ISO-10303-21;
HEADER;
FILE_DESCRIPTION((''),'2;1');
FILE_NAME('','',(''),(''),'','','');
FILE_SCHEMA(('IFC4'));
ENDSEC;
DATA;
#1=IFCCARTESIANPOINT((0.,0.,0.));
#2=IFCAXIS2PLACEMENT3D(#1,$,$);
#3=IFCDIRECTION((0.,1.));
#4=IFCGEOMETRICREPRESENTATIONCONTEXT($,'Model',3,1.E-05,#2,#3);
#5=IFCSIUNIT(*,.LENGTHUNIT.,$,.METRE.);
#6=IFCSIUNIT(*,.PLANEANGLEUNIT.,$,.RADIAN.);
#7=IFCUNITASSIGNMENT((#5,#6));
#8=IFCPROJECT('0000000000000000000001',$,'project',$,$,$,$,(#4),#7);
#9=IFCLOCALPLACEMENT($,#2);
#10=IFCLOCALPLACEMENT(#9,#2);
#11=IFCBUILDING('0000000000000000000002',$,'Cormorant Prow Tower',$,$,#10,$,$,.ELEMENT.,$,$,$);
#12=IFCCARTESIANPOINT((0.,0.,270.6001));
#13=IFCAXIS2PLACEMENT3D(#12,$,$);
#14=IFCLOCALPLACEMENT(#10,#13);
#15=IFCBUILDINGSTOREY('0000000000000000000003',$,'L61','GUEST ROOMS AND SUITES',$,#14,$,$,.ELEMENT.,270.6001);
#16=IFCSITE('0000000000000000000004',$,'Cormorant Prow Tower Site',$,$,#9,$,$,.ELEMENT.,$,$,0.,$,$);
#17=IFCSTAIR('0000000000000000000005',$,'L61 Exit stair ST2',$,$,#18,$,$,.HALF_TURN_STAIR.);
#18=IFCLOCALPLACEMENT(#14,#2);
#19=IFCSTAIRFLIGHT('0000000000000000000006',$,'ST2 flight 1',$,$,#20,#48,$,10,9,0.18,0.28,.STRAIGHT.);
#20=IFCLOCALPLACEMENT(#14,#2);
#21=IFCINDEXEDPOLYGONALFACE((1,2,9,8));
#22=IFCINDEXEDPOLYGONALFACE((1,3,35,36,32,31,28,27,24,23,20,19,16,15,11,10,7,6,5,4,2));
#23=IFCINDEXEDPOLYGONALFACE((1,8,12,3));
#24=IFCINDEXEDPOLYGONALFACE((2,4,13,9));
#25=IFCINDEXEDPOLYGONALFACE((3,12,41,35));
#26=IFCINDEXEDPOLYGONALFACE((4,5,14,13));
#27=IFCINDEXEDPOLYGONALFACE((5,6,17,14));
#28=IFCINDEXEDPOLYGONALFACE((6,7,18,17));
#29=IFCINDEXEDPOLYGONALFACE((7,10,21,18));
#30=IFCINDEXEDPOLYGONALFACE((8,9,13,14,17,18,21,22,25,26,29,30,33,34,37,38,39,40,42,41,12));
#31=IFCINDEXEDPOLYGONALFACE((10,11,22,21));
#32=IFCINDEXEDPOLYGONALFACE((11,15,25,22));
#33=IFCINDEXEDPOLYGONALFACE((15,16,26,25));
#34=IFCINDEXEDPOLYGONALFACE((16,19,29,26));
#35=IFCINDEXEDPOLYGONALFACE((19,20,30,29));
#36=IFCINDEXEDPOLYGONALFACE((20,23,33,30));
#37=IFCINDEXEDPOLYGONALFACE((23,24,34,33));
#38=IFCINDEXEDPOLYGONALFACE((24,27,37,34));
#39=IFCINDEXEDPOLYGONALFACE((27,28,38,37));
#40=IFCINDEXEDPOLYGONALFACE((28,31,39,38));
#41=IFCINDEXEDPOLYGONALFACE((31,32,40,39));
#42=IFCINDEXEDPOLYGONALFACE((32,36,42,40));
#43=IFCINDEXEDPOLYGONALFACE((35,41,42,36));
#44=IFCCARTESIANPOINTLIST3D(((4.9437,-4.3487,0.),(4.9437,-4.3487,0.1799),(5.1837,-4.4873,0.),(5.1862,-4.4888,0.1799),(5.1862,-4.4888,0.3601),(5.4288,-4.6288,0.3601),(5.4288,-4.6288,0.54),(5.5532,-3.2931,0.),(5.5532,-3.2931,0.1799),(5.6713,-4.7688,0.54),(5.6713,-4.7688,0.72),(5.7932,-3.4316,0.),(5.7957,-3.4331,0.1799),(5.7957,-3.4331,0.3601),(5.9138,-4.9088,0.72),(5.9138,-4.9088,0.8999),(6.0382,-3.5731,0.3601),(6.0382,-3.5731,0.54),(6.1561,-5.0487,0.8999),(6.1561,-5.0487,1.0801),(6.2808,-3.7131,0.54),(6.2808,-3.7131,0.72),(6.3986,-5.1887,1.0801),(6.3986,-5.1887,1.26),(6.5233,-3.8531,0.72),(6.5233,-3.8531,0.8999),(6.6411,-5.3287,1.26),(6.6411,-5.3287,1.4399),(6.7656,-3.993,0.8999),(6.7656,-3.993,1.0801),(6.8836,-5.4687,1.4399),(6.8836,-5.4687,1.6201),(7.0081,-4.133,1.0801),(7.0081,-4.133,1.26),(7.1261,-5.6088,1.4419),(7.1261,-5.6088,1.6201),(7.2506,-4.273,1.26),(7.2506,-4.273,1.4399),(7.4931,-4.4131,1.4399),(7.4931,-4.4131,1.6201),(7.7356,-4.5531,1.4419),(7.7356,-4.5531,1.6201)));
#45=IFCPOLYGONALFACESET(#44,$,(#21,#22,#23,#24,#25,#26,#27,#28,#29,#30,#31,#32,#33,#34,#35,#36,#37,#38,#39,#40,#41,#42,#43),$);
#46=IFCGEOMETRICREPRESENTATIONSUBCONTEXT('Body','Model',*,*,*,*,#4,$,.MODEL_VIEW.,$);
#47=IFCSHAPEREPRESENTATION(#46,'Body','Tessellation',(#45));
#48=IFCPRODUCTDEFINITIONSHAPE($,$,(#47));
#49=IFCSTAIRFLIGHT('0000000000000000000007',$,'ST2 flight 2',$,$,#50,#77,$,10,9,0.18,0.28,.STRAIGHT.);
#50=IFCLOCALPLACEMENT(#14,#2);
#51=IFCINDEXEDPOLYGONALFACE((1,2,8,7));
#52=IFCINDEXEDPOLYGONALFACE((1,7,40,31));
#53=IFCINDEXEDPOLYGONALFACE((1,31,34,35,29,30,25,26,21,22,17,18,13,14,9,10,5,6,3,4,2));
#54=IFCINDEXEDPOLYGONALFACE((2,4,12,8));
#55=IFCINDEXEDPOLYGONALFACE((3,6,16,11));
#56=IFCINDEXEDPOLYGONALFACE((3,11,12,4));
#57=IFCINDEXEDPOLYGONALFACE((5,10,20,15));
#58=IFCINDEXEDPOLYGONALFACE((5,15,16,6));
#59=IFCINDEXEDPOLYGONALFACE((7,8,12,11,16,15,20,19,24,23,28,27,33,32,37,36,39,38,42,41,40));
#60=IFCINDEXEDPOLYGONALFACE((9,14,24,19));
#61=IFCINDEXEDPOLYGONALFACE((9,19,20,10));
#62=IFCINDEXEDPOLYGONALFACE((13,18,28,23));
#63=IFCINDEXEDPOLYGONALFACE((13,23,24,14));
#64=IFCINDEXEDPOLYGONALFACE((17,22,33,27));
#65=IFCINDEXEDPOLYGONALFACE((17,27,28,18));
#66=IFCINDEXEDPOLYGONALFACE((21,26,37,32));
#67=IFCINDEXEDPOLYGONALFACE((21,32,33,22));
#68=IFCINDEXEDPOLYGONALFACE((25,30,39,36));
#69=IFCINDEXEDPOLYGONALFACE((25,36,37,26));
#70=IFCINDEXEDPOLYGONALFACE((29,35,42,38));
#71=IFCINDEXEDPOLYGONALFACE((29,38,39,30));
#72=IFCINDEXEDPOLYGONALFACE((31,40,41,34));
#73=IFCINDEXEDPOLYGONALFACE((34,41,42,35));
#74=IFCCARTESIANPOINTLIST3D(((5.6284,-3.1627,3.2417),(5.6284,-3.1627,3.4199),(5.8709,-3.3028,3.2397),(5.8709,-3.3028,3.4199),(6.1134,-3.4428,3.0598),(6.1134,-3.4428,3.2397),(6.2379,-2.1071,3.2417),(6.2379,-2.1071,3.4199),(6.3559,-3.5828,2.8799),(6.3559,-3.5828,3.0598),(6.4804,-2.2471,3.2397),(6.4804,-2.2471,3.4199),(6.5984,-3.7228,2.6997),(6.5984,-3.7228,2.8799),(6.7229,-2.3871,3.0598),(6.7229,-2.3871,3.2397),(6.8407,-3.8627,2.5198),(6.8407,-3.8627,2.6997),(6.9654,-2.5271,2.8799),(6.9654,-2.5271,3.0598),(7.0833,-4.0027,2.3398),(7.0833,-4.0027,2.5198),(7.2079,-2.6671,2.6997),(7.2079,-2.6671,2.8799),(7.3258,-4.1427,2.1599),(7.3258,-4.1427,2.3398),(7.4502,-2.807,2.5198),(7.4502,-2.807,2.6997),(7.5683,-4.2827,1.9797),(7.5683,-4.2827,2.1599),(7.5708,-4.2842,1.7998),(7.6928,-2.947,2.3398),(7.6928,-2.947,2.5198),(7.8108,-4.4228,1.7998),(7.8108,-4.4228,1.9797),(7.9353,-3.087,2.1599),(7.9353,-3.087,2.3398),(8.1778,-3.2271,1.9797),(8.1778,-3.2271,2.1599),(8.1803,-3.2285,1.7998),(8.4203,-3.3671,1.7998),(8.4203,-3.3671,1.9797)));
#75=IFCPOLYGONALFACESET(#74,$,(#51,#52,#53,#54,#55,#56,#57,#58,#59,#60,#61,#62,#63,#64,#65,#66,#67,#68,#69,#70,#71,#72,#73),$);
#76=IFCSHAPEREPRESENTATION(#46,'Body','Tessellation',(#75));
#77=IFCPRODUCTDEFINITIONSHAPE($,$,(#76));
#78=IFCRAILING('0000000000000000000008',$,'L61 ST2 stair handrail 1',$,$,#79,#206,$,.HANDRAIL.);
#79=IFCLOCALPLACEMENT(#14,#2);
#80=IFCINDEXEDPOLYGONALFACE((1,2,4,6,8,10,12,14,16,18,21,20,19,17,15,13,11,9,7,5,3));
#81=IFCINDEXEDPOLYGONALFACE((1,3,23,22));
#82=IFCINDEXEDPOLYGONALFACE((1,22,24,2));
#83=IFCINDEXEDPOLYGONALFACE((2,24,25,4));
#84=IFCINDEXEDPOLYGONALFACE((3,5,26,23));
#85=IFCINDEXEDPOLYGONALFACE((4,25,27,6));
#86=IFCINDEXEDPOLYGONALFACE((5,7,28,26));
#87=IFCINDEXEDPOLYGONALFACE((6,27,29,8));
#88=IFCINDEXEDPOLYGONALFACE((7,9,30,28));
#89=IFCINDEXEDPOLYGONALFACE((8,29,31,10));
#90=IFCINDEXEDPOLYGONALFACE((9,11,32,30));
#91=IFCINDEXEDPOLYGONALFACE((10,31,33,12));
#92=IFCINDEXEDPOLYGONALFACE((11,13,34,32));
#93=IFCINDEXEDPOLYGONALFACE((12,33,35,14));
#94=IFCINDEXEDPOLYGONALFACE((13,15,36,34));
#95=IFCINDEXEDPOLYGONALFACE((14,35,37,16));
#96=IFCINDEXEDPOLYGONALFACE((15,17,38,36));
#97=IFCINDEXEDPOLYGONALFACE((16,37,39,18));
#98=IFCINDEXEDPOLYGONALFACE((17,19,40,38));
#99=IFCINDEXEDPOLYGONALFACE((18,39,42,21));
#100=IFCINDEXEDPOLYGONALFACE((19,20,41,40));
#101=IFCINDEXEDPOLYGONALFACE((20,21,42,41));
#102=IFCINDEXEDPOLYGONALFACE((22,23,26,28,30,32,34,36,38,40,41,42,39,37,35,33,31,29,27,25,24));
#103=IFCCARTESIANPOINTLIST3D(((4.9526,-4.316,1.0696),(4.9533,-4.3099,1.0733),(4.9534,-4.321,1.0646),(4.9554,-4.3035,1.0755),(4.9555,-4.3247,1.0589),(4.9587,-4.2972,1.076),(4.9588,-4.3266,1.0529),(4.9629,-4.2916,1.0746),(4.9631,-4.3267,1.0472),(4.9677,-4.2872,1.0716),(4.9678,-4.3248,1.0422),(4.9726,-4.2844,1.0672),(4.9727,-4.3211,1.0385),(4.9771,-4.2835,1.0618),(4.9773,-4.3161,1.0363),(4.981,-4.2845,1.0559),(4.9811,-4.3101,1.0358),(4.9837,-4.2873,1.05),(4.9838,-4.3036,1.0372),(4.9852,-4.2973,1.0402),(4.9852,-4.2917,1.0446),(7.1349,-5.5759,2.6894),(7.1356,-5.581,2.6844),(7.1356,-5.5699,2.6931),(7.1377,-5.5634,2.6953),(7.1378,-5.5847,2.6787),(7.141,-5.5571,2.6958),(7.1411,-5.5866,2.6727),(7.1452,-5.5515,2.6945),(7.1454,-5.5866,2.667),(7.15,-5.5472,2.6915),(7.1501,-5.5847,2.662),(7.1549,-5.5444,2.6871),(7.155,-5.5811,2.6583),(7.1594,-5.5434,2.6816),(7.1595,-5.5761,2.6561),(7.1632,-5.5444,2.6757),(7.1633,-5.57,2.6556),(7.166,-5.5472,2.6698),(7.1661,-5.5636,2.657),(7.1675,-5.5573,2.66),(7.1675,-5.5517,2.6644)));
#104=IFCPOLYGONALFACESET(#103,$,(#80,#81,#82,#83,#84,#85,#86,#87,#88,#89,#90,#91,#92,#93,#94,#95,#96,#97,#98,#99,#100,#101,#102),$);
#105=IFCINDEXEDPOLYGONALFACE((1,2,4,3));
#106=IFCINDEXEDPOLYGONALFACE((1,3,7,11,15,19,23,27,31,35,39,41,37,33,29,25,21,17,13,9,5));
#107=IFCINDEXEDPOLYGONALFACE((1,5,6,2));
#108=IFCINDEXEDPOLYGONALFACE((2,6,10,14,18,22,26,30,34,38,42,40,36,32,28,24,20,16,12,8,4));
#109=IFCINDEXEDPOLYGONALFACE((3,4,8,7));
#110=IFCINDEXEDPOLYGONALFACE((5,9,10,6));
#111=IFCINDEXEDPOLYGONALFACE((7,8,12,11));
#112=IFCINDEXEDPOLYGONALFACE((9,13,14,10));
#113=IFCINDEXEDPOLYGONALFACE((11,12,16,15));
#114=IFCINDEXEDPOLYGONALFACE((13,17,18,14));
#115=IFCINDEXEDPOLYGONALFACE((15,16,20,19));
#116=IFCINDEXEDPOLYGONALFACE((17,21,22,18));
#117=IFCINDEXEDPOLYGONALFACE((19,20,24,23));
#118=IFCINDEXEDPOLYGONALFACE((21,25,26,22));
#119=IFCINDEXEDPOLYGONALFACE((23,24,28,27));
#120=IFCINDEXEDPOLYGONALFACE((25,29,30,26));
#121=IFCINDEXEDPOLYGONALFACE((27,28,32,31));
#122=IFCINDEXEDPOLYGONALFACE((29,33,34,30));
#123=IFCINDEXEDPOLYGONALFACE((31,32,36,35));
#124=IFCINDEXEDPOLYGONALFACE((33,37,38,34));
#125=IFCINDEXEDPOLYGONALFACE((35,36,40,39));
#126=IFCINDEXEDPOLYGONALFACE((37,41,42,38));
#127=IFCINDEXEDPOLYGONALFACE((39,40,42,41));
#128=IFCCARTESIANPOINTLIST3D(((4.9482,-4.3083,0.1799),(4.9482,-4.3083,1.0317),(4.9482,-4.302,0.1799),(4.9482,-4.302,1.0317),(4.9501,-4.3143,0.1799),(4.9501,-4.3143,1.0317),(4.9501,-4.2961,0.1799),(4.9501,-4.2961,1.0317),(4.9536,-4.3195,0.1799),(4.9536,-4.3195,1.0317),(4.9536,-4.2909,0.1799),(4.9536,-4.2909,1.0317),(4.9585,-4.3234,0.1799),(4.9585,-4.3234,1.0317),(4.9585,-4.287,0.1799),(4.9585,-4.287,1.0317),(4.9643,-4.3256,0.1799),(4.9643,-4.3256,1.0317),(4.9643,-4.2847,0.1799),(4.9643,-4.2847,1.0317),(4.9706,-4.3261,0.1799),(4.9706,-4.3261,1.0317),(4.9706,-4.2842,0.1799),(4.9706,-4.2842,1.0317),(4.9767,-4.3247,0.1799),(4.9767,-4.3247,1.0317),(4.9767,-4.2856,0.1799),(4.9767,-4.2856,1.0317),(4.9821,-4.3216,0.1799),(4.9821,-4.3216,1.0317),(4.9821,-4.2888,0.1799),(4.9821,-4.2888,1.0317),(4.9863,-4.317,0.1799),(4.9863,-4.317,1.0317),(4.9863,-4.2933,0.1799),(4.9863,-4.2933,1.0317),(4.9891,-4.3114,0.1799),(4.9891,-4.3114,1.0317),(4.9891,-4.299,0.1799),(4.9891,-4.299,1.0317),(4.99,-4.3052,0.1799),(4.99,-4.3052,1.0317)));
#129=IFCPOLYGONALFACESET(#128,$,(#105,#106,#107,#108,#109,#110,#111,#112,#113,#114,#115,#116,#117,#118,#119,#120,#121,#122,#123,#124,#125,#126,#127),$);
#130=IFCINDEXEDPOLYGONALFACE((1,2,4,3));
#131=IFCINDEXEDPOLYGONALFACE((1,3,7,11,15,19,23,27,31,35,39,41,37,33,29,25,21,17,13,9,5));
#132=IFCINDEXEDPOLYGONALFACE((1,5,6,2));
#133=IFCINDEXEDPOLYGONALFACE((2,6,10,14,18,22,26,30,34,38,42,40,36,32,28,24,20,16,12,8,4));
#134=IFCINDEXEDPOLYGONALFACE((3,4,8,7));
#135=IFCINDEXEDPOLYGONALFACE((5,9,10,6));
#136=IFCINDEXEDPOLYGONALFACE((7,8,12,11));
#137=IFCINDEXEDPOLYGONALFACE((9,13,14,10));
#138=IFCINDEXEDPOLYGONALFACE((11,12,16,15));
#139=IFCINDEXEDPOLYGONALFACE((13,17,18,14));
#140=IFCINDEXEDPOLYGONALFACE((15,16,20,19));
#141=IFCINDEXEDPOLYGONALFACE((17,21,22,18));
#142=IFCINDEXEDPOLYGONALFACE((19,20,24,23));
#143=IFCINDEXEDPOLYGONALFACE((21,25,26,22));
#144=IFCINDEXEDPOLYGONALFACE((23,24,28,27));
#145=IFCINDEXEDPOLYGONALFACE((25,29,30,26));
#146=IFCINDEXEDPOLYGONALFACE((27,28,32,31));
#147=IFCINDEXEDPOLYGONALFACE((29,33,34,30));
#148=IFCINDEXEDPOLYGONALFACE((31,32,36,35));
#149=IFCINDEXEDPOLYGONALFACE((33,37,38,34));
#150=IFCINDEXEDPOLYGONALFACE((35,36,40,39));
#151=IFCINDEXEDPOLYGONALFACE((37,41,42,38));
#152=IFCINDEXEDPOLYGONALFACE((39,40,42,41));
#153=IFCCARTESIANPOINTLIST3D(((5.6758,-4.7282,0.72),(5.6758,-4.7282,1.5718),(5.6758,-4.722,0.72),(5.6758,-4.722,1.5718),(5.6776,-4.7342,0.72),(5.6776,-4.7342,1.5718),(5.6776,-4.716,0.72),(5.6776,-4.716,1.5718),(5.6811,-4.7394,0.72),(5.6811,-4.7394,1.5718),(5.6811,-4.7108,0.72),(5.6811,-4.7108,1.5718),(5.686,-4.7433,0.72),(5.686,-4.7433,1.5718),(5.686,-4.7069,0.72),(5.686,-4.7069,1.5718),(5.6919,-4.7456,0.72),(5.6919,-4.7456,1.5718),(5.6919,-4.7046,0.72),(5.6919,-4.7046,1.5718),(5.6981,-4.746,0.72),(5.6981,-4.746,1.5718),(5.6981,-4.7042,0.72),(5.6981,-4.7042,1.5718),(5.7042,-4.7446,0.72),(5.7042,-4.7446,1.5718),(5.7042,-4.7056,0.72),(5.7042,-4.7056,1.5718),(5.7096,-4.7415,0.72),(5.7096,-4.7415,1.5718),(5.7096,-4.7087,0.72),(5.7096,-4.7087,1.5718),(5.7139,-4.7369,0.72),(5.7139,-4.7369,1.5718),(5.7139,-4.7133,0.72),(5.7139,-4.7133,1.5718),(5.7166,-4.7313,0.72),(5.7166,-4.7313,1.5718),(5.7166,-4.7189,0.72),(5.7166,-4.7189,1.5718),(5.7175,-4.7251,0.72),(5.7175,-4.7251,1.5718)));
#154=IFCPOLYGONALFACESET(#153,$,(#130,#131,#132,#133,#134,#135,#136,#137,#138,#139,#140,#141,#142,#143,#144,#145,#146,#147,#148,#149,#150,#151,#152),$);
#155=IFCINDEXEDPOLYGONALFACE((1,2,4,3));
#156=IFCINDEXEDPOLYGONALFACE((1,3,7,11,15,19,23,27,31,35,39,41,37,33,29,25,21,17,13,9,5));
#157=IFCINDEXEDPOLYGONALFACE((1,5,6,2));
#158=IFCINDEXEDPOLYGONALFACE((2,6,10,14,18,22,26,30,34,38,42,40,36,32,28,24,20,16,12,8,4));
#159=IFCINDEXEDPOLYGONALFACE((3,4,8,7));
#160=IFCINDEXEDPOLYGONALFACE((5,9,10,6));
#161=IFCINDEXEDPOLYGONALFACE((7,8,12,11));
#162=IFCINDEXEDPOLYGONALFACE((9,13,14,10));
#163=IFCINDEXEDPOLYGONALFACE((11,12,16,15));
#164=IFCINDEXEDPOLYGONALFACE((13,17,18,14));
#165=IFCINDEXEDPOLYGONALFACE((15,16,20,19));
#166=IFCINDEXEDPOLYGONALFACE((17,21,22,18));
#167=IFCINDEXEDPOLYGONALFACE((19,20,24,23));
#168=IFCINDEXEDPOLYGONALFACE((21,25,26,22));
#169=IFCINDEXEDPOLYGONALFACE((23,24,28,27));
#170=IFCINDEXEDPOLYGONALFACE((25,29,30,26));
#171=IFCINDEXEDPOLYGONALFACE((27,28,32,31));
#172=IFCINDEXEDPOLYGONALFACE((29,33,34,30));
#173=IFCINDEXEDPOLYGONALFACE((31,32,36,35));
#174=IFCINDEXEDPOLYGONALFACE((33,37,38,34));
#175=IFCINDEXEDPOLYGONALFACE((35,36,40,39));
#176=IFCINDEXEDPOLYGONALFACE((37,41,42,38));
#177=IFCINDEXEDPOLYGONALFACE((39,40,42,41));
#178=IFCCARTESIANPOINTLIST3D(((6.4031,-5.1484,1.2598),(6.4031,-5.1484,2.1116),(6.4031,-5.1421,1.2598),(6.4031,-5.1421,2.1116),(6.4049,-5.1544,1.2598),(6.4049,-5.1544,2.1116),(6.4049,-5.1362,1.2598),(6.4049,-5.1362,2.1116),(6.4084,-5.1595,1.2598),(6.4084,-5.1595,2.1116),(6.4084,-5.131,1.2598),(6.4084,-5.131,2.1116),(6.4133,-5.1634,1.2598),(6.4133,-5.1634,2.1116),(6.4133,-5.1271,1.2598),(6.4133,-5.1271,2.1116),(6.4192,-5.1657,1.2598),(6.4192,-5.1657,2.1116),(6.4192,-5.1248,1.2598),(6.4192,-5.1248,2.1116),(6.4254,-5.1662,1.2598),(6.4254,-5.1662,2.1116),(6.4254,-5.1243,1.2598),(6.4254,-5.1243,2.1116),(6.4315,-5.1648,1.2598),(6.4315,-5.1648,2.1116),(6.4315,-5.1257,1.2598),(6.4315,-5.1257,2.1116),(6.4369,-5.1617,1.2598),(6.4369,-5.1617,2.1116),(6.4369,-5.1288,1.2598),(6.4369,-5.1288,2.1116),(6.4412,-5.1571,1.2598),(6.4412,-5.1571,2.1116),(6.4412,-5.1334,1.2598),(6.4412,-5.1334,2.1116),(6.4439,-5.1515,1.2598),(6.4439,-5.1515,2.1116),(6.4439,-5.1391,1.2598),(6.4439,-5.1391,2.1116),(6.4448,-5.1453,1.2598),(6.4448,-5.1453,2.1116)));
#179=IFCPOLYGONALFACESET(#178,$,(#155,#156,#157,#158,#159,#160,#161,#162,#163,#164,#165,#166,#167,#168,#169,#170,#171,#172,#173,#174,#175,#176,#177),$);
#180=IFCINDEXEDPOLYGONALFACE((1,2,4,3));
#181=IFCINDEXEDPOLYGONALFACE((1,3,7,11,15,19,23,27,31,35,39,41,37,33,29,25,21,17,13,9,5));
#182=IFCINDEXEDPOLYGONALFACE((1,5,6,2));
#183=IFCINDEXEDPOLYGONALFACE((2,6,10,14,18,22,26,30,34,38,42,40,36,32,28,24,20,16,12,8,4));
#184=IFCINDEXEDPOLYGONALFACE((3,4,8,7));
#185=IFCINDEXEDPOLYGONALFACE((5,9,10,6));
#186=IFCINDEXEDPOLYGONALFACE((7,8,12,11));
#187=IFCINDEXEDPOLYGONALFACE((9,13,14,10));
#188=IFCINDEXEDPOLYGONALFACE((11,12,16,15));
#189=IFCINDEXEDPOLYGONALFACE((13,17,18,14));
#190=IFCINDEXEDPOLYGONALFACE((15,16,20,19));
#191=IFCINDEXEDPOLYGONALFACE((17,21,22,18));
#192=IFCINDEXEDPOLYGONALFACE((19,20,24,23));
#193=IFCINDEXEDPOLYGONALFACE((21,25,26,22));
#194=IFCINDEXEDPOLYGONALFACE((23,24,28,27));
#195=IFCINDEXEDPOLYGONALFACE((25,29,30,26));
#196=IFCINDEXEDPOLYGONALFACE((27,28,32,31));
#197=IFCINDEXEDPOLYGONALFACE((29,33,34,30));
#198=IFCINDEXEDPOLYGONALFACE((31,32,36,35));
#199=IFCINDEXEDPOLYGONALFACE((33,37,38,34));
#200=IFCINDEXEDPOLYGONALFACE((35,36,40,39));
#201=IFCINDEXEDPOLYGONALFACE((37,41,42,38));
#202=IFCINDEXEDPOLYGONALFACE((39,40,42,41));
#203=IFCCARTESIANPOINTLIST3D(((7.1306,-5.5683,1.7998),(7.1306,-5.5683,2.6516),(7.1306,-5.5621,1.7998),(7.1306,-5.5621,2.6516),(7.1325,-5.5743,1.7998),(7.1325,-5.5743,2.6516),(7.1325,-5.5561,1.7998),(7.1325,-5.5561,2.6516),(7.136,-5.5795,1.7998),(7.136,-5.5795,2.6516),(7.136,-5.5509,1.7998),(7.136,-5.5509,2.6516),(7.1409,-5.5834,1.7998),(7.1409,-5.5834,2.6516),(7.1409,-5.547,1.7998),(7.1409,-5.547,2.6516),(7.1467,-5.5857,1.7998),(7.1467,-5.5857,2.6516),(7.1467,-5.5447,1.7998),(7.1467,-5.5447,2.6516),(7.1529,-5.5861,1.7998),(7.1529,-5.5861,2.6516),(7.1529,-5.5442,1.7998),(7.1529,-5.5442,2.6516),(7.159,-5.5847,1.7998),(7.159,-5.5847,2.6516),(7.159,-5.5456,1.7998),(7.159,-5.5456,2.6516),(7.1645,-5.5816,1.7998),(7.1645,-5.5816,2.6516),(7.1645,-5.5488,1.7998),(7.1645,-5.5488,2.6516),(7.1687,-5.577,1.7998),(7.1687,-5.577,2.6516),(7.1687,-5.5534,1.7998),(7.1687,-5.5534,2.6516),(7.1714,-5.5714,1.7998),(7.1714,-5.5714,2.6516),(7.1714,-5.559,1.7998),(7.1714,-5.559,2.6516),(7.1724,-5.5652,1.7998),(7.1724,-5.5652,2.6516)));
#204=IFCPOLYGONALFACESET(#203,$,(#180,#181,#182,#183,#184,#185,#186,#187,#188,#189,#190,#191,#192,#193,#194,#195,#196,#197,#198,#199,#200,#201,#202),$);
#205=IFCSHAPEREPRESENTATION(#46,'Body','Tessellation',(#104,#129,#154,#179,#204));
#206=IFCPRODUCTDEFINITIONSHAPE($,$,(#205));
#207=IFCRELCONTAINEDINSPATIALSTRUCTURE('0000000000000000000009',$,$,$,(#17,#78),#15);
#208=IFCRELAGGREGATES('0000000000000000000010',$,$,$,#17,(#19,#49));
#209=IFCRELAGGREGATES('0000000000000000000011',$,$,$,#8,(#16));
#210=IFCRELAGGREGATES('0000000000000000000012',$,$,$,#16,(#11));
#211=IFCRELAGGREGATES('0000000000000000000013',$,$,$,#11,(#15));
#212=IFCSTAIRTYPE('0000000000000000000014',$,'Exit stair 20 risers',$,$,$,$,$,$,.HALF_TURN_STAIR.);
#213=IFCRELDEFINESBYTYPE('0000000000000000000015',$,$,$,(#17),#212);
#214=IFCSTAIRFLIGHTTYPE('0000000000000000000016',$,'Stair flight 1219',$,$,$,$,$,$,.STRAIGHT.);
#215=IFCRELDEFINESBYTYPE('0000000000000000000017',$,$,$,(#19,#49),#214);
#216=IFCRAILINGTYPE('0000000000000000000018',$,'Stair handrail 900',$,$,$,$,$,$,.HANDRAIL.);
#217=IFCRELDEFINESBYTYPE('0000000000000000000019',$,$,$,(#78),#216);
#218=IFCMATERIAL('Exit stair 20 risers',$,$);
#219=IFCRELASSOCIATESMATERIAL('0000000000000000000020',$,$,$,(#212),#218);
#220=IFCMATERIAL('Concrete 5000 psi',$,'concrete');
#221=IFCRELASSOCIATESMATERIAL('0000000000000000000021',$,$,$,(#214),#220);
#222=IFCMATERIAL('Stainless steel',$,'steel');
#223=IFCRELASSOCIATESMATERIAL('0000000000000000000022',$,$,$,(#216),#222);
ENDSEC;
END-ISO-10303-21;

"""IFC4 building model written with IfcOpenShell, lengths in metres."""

from ifc_helpers import new_model, si_unit, direction, frame, origin, origin_2d, place, context, subcontext, project, spatial, polyline, circle, outline, extrude, material, type_object, element, aggregate, save


model = new_model("IFC4")

# Units and contexts
model_context = context("Model", 3, precision=1e-05, world=origin(), true_north=direction((0.0, 1.0)))
body_context = subcontext(model_context, "Body", "Model", "MODEL_VIEW")
ifc_project = project(units=[si_unit("LENGTHUNIT", "METRE"), si_unit("PLANEANGLEUNIT", "RADIAN")], contexts=[model_context])

# Site, building, storey
site_placement = place(None, origin())
site = spatial("IfcSite", under=ifc_project, at=site_placement, Name="Cormorant Prow Tower Site", CompositionType="ELEMENT", RefElevation=0.0)
building_placement = place(site_placement, origin())
building = spatial("IfcBuilding", under=site, at=building_placement, Name="Cormorant Prow Tower", CompositionType="ELEMENT")
storey_placement = place(building_placement, frame((0.0, 0.0, 270.6001)))
storey = spatial("IfcBuildingStorey", under=building, at=storey_placement, Name="L61", Description="GUEST ROOMS AND SUITES", CompositionType="ELEMENT", Elevation=270.6001)

# Stair, stair flights
ifc_material_1 = material(Name="Exit stair 20 risers")
stair_type = type_object("IfcStairType", Name="Exit stair 20 risers", PredefinedType="HALF_TURN_STAIR", material=ifc_material_1)
stair_placement = place(storey_placement, origin())
stair = element("IfcStair", 1, at=stair_placement, inside=storey, type_object=stair_type, Name="L61 Exit stair ST2", PredefinedType="HALF_TURN_STAIR")
ifc_material_2 = material(Name="Concrete 5000 psi", Category="concrete")
stair_flight_type = type_object("IfcStairFlightType", Name="Stair flight 1219", PredefinedType="STRAIGHT", material=ifc_material_2)
stair_flight_1_placement = place(storey_placement, frame((5.2485, -3.8208, 0.0), z_axis=(0.0, 0.0, 1.0), x_axis=(0.866025, -0.5, 0.0)))
stair_flight_1 = element("IfcStairFlight", 2, at=stair_flight_1_placement, type_object=stair_flight_type, Name="ST2 flight 1", NumberOfRisers=10, NumberOfTreads=9, PredefinedType="STRAIGHT", RiserHeight=0.18, TreadLength=0.28, context=body_context, shape_type="SweptSolid", body=[
    extrude(outline(polyline([(0.0, 0.0), (0.0, 0.1799), (0.28, 0.1799), (0.28, 0.3601), (0.5601, 0.3601), (0.5601, 0.54), (0.8401, 0.54), (0.8401, 0.72), (1.1201, 0.72), (1.1201, 0.8999), (1.3999, 0.8999), (1.3999, 1.0801), (1.6799, 1.0801), (1.6799, 1.26), (1.96, 1.26), (1.96, 1.4399), (2.24, 1.4399), (2.24, 1.6201), (2.52, 1.6201), (2.52, 1.8), (2.52, 1.4419), (0.2771, 0.0), (0.0, 0.0)])), frame((0.0, 0.6094, 0.0), z_axis=(0.0, -1.0, 0.0), x_axis=(1.0, 0.0, 0.0)), (0.0, 0.0, 1.0), 1.219),
])
stair_flight_2_placement = place(storey_placement, frame((8.1155, -3.895, 1.7998), z_axis=(0.0, 0.0, 1.0), x_axis=(-0.866025, 0.5, 0.0)))
stair_flight_2 = element("IfcStairFlight", 3, at=stair_flight_2_placement, type_object=stair_flight_type, Name="ST2 flight 2", NumberOfRisers=10, NumberOfTreads=9, PredefinedType="STRAIGHT", RiserHeight=0.18, TreadLength=0.28, context=body_context, shape_type="SweptSolid", body=[
    extrude(outline(polyline([(0.0, 0.0), (0.0, 0.1799), (0.28, 0.1799), (0.28, 0.3601), (0.5601, 0.3601), (0.5601, 0.54), (0.8401, 0.54), (0.8401, 0.72), (1.1201, 0.72), (1.1201, 0.8999), (1.3999, 0.8999), (1.3999, 1.0801), (1.6799, 1.0801), (1.6799, 1.26), (1.96, 1.26), (1.96, 1.4399), (2.24, 1.4399), (2.24, 1.6201), (2.52, 1.6201), (2.52, 1.8), (2.52, 1.4419), (0.2771, 0.0), (0.0, 0.0)])), frame((0.0, 0.6094, 0.0), z_axis=(0.0, -1.0, 0.0), x_axis=(1.0, 0.0, 0.0)), (0.0, 0.0, 1.0), 1.219),
])
aggregate(stair, [stair_flight_1, stair_flight_2])

# Railing
ifc_material_3 = material(Name="Stainless steel", Category="steel")
railing_type_1 = type_object("IfcRailingType", Name="Stair handrail 900", PredefinedType="HANDRAIL", material=ifc_material_3)
railing_1_placement = place(storey_placement, frame((4.969, -4.3052, 0.1799)))
element("IfcRailing", 4, at=railing_1_placement, inside=storey, type_object=railing_type_1, Name="L61 ST2 stair handrail 1", PredefinedType="HANDRAIL", context=body_context, shape_type="SweptSolid", body=[
    extrude(circle(Radius=0.0239, at=origin_2d()), frame((0.0, 0.0, 0.876), z_axis=(0.728496, -0.420603, 0.540728), x_axis=(0.500005, 0.866023, 0.0)), (0.0, 0.0, 1.0), 2.9956),
    extrude(circle(Radius=0.021, at=origin_2d()), origin(), (0.0, 0.0, 1.0), 0.8518),
    extrude(circle(Radius=0.021, at=origin_2d()), frame((0.7275, -0.4199, 0.54)), (0.0, 0.0, 1.0), 0.8518),
    extrude(circle(Radius=0.021, at=origin_2d()), frame((1.4548, -0.8401, 1.0798)), (0.0, 0.0, 1.0), 0.8518),
    extrude(circle(Radius=0.021, at=origin_2d()), frame((2.1824, -1.26, 1.6199)), (0.0, 0.0, 1.0), 0.8518),
])

save(model, "model.ifc")
